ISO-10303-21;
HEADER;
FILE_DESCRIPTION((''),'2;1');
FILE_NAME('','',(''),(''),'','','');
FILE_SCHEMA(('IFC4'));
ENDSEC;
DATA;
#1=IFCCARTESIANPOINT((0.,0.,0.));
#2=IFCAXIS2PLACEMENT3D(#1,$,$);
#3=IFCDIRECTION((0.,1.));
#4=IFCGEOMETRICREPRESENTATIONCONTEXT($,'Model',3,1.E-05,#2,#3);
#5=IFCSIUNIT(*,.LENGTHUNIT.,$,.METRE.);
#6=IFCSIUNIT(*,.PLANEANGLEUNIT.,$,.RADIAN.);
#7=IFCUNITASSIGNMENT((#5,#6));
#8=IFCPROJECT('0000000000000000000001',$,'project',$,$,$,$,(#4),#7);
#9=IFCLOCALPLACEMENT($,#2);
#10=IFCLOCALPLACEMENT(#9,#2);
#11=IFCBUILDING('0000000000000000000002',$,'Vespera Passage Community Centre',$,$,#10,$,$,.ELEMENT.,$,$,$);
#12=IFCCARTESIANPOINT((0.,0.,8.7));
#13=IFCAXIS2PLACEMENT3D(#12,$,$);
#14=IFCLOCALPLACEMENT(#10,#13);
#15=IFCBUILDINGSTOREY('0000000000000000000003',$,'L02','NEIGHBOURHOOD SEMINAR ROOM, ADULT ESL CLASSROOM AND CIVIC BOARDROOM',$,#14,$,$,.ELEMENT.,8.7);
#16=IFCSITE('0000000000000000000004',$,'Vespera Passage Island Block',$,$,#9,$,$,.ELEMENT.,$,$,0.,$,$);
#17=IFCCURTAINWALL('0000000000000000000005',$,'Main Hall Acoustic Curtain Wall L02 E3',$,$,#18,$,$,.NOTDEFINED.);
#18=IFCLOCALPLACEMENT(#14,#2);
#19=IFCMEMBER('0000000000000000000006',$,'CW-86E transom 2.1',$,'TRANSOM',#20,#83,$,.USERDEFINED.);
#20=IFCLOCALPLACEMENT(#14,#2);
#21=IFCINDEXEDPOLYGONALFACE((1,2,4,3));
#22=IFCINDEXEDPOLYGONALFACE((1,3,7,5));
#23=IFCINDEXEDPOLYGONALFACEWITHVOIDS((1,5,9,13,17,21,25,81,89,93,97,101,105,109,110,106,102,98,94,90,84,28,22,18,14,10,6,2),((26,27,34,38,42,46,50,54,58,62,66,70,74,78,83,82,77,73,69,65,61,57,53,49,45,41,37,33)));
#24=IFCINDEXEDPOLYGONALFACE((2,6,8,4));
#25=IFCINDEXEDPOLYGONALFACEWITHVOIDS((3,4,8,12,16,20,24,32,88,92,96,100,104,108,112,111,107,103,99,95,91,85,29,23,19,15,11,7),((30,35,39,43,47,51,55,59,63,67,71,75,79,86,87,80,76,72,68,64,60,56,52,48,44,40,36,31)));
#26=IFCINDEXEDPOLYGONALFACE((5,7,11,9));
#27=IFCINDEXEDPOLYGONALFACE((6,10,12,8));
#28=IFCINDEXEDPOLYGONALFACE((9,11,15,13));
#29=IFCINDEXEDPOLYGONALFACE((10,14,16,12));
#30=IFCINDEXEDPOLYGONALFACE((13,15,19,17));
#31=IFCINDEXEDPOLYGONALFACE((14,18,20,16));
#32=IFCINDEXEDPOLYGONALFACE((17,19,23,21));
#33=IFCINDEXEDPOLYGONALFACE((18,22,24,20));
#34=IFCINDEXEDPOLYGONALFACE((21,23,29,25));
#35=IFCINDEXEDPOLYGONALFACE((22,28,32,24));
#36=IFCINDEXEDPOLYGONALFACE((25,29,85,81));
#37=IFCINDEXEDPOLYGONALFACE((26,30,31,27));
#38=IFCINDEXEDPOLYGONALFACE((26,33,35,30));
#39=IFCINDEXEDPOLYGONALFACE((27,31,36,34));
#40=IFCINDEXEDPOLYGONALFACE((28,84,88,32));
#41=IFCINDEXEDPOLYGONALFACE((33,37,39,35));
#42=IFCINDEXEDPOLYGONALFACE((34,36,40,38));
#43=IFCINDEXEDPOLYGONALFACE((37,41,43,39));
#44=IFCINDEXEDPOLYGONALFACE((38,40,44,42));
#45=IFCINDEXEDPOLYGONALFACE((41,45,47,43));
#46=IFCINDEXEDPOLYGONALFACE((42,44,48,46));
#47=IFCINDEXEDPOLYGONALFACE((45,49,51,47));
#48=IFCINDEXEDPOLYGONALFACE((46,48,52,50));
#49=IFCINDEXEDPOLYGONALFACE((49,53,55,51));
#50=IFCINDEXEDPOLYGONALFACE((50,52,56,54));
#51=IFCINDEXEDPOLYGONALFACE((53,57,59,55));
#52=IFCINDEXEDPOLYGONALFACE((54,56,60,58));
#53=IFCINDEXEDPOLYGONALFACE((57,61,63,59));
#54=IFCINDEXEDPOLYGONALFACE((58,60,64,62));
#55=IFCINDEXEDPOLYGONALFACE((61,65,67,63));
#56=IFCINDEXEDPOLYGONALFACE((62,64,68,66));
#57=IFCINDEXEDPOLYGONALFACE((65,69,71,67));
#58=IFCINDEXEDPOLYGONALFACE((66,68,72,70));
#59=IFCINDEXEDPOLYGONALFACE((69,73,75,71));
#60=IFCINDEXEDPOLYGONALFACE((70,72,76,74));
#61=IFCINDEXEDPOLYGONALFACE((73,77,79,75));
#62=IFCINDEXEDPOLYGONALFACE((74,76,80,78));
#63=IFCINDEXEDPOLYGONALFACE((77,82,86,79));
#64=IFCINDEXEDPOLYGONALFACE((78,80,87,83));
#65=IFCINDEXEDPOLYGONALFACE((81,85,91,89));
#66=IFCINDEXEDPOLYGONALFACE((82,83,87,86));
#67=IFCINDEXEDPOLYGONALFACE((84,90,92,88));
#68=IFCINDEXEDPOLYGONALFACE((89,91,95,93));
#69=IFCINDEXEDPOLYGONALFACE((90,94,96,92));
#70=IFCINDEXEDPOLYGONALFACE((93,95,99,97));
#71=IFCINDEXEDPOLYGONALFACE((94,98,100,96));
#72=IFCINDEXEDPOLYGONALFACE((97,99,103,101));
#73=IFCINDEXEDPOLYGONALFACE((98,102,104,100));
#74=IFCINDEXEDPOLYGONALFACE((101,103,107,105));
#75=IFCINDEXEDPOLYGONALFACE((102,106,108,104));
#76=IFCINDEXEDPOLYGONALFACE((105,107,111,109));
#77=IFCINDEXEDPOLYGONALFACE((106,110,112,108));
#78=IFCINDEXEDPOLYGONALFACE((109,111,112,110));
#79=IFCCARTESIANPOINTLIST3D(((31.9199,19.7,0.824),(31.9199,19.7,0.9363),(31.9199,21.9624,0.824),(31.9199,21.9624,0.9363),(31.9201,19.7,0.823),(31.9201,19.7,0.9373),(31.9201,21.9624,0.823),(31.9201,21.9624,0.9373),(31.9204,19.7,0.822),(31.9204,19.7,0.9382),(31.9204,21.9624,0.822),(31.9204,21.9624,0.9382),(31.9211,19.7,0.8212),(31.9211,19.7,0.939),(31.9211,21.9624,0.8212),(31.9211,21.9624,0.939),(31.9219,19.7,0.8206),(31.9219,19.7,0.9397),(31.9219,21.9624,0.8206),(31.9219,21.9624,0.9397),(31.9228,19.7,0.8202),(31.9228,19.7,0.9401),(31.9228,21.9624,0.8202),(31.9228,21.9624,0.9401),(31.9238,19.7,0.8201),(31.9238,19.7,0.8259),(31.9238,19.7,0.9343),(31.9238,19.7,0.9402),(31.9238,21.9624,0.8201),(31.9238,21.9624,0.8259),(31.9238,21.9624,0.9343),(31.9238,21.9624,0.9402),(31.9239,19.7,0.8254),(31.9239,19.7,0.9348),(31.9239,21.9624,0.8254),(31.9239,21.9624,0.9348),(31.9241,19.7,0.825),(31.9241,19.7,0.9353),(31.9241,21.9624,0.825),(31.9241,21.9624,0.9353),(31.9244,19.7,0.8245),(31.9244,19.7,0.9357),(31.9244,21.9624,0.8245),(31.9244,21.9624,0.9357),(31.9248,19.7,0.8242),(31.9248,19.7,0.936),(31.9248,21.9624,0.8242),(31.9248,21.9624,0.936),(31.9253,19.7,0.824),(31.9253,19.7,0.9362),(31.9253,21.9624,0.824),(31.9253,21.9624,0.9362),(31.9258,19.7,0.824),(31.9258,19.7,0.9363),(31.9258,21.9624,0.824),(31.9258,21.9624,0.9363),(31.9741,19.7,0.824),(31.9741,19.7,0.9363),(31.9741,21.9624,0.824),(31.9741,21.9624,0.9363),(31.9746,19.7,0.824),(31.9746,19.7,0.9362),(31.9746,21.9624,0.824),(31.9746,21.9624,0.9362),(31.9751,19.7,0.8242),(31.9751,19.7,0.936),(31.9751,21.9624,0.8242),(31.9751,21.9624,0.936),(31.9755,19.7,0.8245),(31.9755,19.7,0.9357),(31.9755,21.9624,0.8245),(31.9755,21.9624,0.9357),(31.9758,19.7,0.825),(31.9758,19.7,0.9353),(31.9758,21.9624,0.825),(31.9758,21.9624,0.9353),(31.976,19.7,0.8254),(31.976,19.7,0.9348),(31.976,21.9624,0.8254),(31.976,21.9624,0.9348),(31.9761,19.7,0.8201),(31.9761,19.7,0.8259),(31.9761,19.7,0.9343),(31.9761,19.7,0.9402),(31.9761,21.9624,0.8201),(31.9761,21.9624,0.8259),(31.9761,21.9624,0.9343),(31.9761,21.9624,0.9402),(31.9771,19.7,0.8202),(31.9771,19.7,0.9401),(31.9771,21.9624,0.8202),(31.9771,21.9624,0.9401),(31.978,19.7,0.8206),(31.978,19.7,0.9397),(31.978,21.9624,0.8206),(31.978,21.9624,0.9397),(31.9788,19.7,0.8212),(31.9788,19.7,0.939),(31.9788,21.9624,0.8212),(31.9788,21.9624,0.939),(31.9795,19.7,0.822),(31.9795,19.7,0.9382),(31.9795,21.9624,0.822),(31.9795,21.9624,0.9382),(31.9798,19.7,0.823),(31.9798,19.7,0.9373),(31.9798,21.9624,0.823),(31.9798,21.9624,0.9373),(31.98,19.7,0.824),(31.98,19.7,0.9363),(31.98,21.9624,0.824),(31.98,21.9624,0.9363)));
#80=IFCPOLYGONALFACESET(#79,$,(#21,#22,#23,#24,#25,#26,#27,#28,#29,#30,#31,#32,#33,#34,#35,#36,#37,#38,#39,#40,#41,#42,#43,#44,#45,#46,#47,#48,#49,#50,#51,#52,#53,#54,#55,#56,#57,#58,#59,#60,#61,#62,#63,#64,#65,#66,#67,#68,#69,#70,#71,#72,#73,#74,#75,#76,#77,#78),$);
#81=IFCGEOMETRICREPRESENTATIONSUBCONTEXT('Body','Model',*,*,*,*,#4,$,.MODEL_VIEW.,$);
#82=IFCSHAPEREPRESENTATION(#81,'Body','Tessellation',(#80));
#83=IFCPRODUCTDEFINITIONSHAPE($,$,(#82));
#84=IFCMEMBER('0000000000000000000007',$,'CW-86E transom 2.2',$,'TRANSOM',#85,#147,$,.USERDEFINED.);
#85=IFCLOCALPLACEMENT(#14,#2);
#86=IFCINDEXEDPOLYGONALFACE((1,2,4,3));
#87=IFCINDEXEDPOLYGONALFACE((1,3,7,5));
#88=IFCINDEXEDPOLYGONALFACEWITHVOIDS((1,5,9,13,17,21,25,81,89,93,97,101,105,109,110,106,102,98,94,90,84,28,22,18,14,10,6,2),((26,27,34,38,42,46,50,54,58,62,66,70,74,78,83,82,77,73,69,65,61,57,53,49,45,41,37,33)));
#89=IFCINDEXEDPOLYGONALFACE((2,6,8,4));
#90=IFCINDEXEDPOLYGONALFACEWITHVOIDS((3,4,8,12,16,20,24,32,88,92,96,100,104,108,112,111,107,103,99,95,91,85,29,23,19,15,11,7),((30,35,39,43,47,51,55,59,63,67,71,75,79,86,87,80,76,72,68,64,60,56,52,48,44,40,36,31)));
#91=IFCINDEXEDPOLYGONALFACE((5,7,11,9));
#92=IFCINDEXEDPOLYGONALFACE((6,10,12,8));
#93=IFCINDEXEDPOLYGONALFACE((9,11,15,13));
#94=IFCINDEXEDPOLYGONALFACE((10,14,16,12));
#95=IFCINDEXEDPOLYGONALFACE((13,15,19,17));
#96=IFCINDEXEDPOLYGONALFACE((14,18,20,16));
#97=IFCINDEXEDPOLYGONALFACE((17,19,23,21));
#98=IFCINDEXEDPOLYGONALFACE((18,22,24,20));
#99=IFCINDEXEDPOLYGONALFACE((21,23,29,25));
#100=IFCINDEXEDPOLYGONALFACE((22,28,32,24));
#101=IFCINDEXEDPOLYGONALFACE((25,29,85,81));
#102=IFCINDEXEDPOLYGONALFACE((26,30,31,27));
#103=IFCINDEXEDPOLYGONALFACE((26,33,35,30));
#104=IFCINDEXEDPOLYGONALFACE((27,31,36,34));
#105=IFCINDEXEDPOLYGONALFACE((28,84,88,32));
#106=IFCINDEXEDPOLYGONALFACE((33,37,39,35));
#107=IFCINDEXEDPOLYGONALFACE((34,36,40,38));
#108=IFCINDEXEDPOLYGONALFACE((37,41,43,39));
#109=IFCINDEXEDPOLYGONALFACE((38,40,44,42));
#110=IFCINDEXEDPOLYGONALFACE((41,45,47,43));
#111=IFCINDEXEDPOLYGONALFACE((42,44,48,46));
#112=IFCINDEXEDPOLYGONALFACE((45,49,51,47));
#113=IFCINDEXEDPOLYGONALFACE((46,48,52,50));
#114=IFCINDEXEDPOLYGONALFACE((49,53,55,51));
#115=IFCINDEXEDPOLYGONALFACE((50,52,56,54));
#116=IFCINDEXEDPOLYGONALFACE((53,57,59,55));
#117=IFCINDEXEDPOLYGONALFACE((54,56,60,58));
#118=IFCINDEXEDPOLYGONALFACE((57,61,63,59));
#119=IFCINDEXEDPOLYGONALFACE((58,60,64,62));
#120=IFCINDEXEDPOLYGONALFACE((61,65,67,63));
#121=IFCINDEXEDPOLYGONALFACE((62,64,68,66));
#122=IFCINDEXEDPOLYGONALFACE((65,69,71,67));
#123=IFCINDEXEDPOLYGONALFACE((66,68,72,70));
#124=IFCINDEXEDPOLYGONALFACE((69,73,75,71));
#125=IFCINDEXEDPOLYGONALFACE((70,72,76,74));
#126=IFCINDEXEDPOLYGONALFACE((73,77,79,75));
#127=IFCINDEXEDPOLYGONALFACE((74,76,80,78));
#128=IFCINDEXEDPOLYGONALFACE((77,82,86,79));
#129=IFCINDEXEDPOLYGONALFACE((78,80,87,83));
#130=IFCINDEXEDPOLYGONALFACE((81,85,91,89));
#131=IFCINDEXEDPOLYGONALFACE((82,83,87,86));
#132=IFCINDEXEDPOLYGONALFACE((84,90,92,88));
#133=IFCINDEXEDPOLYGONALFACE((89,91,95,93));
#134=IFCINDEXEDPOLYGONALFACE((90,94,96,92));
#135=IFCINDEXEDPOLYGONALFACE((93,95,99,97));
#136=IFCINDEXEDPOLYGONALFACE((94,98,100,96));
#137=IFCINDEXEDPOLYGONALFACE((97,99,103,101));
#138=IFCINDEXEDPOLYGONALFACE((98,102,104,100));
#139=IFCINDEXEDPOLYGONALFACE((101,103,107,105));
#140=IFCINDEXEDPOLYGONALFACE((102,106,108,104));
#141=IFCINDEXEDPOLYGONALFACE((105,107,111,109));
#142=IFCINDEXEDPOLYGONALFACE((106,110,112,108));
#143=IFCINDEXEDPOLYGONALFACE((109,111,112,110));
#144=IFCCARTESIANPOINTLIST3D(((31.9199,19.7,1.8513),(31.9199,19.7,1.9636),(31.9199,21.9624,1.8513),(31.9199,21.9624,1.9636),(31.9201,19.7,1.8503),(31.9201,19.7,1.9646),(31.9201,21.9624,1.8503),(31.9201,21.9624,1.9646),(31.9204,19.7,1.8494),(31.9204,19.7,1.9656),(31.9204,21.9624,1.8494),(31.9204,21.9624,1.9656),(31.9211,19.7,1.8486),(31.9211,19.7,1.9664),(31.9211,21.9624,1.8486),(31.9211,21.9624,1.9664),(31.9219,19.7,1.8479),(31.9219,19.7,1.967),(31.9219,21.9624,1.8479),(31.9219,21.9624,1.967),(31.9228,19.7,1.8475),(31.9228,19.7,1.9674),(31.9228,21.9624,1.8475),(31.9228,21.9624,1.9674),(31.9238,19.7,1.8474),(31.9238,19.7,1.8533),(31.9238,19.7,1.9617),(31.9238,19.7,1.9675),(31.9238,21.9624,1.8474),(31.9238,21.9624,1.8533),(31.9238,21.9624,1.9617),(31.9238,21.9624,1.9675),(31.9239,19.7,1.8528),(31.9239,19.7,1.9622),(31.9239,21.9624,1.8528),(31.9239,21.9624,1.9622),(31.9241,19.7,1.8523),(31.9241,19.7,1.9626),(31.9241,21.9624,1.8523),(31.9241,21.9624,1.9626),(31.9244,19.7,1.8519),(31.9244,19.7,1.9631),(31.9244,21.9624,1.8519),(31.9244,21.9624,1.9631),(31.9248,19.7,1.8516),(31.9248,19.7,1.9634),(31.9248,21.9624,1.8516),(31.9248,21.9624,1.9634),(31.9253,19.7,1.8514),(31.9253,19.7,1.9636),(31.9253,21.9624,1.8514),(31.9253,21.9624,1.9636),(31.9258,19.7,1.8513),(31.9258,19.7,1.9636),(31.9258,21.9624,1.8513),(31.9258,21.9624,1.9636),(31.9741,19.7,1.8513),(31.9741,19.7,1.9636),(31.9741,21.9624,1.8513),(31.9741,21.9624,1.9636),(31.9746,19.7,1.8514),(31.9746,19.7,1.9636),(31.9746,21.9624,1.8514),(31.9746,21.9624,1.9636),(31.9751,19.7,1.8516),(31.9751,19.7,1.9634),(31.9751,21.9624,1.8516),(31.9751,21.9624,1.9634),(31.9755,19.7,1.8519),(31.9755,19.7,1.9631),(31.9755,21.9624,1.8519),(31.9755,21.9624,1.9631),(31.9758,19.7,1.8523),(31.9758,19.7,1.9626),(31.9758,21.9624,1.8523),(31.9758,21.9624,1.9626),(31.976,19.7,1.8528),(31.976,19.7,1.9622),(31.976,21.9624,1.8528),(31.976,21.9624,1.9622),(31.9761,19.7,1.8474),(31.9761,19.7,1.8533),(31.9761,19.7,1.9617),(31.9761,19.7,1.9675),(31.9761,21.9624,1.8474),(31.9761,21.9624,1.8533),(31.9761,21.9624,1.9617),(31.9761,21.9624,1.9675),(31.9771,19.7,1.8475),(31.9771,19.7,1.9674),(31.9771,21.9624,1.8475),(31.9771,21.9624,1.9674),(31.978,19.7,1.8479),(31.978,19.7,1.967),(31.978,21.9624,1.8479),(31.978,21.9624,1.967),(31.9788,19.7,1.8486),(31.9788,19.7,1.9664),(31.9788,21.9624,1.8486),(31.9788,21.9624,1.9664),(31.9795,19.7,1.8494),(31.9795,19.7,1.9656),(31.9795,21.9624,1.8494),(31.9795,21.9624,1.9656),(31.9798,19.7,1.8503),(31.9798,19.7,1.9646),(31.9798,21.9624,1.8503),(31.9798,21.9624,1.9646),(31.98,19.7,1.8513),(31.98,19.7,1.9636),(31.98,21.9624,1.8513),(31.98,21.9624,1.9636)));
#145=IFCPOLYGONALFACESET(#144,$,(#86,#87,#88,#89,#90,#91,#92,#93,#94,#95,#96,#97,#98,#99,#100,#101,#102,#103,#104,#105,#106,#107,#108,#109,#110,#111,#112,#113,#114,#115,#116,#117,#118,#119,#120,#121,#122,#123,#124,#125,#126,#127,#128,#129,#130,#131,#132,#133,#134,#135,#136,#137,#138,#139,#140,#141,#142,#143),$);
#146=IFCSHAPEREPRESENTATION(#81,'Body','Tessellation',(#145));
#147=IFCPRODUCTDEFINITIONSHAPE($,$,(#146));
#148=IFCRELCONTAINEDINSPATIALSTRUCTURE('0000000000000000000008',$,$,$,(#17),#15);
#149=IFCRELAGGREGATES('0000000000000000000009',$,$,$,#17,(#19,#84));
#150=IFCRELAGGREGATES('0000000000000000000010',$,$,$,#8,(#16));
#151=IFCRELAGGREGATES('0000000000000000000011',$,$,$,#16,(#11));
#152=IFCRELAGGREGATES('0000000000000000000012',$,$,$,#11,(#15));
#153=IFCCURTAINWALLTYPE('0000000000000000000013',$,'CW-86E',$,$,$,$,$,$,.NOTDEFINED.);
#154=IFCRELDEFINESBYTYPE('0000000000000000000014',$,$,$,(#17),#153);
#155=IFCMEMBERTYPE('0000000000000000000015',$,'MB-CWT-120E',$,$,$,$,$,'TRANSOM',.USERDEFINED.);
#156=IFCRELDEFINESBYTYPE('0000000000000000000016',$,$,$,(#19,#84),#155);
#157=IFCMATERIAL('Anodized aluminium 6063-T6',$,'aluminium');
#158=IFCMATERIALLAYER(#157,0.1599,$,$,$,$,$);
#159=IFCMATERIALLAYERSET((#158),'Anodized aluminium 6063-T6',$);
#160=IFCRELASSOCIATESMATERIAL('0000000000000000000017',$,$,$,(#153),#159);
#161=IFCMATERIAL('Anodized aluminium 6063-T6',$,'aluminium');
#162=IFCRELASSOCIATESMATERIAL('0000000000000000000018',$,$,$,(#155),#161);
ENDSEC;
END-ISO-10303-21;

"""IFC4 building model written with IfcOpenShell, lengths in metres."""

from ifc_helpers import new_model, si_unit, direction, frame, origin, origin_2d, place, context, subcontext, project, spatial, hollow_rectangle, extrude, material, layer, layer_set, material_profile, profile_set, type_object, element, aggregate, save


model = new_model("IFC4")

# Units and contexts
model_context = context("Model", 3, precision=1e-05, world=origin(), true_north=direction((0.0, 1.0)))
body_context = subcontext(model_context, "Body", "Model", "MODEL_VIEW")
ifc_project = project(units=[si_unit("LENGTHUNIT", "METRE"), si_unit("PLANEANGLEUNIT", "RADIAN")], contexts=[model_context])

# Site, building, storey
site_placement = place(None, origin())
site = spatial("IfcSite", under=ifc_project, at=site_placement, Name="Vespera Passage Island Block", CompositionType="ELEMENT", RefElevation=0.0)
building_placement = place(site_placement, origin())
building = spatial("IfcBuilding", under=site, at=building_placement, Name="Vespera Passage Community Centre", CompositionType="ELEMENT")
storey_placement = place(building_placement, frame((0.0, 0.0, 8.7)))
storey = spatial("IfcBuildingStorey", under=building, at=storey_placement, Name="L02", Description="NEIGHBOURHOOD SEMINAR ROOM, ADULT ESL CLASSROOM AND CIVIC BOARDROOM", CompositionType="ELEMENT", Elevation=8.7)

# Shared definitions
ifc_material_1 = material(Name="Anodized aluminium 6063-T6", Category="aluminium")
ifc_layer_1 = layer(ifc_material_1, 0.1599)
ifc_layer_set_1 = layer_set([ifc_layer_1], Name="Anodized aluminium 6063-T6")
curtain_wall_type = type_object("IfcCurtainWallType", Name="CW-86E", PredefinedType="NOTDEFINED", material=ifc_layer_set_1)

# Curtain wall
curtain_wall_1_placement = place(storey_placement, origin())
curtain_wall_1 = element("IfcCurtainWall", 1, at=curtain_wall_1_placement, inside=storey, type_object=curtain_wall_type, Name="Main Hall Acoustic Curtain Wall L02 E3", PredefinedType="NOTDEFINED")

# Members
ifc_material_2 = material(Name="Anodized aluminium 6063-T6", Category="aluminium")
ifc_material_profile_1 = material_profile(ifc_material_2, hollow_rectangle(XDim=0.0601, YDim=0.1201, WallThickness=0.0039, InnerFilletRadius=0.002, OuterFilletRadius=0.0039, at=origin_2d()), Name="ALU120X60X4")
ifc_profile_set_1 = profile_set([ifc_material_profile_1], Name="Anodized aluminium 6063-T6")
member_type_1 = type_object("IfcMemberType", Name="MB-CWT-120E", ElementType="TRANSOM", PredefinedType="USERDEFINED", material=ifc_profile_set_1)
member_1_placement = place(storey_placement, frame((31.95, 21.9624, 0.8801), z_axis=(0.0, -1.0, 0.0), x_axis=(1.0, 0.0, 0.0)))
member_1 = element("IfcMember", 2, at=member_1_placement, type_object=member_type_1, Name="CW-86E transom 2.1", ObjectType="TRANSOM", PredefinedType="USERDEFINED", context=body_context, shape_type="SweptSolid", body=[
    extrude(hollow_rectangle(XDim=0.0601, YDim=0.1201, WallThickness=0.0039, InnerFilletRadius=0.002, OuterFilletRadius=0.0039, at=origin_2d()), origin(), (0.0, 0.0, 1.0), 2.2625),
])
member_2_placement = place(storey_placement, frame((31.95, 21.9624, 1.9075), z_axis=(0.0, -1.0, 0.0), x_axis=(1.0, 0.0, 0.0)))
member_2 = element("IfcMember", 3, at=member_2_placement, type_object=member_type_1, Name="CW-86E transom 2.2", ObjectType="TRANSOM", PredefinedType="USERDEFINED", context=body_context, shape_type="SweptSolid", body=[
    extrude(hollow_rectangle(XDim=0.0601, YDim=0.1201, WallThickness=0.0039, InnerFilletRadius=0.002, OuterFilletRadius=0.0039, at=origin_2d()), origin(), (0.0, 0.0, 1.0), 2.2625),
])

aggregate(curtain_wall_1, [member_1, member_2])

save(model, "model.ifc")
